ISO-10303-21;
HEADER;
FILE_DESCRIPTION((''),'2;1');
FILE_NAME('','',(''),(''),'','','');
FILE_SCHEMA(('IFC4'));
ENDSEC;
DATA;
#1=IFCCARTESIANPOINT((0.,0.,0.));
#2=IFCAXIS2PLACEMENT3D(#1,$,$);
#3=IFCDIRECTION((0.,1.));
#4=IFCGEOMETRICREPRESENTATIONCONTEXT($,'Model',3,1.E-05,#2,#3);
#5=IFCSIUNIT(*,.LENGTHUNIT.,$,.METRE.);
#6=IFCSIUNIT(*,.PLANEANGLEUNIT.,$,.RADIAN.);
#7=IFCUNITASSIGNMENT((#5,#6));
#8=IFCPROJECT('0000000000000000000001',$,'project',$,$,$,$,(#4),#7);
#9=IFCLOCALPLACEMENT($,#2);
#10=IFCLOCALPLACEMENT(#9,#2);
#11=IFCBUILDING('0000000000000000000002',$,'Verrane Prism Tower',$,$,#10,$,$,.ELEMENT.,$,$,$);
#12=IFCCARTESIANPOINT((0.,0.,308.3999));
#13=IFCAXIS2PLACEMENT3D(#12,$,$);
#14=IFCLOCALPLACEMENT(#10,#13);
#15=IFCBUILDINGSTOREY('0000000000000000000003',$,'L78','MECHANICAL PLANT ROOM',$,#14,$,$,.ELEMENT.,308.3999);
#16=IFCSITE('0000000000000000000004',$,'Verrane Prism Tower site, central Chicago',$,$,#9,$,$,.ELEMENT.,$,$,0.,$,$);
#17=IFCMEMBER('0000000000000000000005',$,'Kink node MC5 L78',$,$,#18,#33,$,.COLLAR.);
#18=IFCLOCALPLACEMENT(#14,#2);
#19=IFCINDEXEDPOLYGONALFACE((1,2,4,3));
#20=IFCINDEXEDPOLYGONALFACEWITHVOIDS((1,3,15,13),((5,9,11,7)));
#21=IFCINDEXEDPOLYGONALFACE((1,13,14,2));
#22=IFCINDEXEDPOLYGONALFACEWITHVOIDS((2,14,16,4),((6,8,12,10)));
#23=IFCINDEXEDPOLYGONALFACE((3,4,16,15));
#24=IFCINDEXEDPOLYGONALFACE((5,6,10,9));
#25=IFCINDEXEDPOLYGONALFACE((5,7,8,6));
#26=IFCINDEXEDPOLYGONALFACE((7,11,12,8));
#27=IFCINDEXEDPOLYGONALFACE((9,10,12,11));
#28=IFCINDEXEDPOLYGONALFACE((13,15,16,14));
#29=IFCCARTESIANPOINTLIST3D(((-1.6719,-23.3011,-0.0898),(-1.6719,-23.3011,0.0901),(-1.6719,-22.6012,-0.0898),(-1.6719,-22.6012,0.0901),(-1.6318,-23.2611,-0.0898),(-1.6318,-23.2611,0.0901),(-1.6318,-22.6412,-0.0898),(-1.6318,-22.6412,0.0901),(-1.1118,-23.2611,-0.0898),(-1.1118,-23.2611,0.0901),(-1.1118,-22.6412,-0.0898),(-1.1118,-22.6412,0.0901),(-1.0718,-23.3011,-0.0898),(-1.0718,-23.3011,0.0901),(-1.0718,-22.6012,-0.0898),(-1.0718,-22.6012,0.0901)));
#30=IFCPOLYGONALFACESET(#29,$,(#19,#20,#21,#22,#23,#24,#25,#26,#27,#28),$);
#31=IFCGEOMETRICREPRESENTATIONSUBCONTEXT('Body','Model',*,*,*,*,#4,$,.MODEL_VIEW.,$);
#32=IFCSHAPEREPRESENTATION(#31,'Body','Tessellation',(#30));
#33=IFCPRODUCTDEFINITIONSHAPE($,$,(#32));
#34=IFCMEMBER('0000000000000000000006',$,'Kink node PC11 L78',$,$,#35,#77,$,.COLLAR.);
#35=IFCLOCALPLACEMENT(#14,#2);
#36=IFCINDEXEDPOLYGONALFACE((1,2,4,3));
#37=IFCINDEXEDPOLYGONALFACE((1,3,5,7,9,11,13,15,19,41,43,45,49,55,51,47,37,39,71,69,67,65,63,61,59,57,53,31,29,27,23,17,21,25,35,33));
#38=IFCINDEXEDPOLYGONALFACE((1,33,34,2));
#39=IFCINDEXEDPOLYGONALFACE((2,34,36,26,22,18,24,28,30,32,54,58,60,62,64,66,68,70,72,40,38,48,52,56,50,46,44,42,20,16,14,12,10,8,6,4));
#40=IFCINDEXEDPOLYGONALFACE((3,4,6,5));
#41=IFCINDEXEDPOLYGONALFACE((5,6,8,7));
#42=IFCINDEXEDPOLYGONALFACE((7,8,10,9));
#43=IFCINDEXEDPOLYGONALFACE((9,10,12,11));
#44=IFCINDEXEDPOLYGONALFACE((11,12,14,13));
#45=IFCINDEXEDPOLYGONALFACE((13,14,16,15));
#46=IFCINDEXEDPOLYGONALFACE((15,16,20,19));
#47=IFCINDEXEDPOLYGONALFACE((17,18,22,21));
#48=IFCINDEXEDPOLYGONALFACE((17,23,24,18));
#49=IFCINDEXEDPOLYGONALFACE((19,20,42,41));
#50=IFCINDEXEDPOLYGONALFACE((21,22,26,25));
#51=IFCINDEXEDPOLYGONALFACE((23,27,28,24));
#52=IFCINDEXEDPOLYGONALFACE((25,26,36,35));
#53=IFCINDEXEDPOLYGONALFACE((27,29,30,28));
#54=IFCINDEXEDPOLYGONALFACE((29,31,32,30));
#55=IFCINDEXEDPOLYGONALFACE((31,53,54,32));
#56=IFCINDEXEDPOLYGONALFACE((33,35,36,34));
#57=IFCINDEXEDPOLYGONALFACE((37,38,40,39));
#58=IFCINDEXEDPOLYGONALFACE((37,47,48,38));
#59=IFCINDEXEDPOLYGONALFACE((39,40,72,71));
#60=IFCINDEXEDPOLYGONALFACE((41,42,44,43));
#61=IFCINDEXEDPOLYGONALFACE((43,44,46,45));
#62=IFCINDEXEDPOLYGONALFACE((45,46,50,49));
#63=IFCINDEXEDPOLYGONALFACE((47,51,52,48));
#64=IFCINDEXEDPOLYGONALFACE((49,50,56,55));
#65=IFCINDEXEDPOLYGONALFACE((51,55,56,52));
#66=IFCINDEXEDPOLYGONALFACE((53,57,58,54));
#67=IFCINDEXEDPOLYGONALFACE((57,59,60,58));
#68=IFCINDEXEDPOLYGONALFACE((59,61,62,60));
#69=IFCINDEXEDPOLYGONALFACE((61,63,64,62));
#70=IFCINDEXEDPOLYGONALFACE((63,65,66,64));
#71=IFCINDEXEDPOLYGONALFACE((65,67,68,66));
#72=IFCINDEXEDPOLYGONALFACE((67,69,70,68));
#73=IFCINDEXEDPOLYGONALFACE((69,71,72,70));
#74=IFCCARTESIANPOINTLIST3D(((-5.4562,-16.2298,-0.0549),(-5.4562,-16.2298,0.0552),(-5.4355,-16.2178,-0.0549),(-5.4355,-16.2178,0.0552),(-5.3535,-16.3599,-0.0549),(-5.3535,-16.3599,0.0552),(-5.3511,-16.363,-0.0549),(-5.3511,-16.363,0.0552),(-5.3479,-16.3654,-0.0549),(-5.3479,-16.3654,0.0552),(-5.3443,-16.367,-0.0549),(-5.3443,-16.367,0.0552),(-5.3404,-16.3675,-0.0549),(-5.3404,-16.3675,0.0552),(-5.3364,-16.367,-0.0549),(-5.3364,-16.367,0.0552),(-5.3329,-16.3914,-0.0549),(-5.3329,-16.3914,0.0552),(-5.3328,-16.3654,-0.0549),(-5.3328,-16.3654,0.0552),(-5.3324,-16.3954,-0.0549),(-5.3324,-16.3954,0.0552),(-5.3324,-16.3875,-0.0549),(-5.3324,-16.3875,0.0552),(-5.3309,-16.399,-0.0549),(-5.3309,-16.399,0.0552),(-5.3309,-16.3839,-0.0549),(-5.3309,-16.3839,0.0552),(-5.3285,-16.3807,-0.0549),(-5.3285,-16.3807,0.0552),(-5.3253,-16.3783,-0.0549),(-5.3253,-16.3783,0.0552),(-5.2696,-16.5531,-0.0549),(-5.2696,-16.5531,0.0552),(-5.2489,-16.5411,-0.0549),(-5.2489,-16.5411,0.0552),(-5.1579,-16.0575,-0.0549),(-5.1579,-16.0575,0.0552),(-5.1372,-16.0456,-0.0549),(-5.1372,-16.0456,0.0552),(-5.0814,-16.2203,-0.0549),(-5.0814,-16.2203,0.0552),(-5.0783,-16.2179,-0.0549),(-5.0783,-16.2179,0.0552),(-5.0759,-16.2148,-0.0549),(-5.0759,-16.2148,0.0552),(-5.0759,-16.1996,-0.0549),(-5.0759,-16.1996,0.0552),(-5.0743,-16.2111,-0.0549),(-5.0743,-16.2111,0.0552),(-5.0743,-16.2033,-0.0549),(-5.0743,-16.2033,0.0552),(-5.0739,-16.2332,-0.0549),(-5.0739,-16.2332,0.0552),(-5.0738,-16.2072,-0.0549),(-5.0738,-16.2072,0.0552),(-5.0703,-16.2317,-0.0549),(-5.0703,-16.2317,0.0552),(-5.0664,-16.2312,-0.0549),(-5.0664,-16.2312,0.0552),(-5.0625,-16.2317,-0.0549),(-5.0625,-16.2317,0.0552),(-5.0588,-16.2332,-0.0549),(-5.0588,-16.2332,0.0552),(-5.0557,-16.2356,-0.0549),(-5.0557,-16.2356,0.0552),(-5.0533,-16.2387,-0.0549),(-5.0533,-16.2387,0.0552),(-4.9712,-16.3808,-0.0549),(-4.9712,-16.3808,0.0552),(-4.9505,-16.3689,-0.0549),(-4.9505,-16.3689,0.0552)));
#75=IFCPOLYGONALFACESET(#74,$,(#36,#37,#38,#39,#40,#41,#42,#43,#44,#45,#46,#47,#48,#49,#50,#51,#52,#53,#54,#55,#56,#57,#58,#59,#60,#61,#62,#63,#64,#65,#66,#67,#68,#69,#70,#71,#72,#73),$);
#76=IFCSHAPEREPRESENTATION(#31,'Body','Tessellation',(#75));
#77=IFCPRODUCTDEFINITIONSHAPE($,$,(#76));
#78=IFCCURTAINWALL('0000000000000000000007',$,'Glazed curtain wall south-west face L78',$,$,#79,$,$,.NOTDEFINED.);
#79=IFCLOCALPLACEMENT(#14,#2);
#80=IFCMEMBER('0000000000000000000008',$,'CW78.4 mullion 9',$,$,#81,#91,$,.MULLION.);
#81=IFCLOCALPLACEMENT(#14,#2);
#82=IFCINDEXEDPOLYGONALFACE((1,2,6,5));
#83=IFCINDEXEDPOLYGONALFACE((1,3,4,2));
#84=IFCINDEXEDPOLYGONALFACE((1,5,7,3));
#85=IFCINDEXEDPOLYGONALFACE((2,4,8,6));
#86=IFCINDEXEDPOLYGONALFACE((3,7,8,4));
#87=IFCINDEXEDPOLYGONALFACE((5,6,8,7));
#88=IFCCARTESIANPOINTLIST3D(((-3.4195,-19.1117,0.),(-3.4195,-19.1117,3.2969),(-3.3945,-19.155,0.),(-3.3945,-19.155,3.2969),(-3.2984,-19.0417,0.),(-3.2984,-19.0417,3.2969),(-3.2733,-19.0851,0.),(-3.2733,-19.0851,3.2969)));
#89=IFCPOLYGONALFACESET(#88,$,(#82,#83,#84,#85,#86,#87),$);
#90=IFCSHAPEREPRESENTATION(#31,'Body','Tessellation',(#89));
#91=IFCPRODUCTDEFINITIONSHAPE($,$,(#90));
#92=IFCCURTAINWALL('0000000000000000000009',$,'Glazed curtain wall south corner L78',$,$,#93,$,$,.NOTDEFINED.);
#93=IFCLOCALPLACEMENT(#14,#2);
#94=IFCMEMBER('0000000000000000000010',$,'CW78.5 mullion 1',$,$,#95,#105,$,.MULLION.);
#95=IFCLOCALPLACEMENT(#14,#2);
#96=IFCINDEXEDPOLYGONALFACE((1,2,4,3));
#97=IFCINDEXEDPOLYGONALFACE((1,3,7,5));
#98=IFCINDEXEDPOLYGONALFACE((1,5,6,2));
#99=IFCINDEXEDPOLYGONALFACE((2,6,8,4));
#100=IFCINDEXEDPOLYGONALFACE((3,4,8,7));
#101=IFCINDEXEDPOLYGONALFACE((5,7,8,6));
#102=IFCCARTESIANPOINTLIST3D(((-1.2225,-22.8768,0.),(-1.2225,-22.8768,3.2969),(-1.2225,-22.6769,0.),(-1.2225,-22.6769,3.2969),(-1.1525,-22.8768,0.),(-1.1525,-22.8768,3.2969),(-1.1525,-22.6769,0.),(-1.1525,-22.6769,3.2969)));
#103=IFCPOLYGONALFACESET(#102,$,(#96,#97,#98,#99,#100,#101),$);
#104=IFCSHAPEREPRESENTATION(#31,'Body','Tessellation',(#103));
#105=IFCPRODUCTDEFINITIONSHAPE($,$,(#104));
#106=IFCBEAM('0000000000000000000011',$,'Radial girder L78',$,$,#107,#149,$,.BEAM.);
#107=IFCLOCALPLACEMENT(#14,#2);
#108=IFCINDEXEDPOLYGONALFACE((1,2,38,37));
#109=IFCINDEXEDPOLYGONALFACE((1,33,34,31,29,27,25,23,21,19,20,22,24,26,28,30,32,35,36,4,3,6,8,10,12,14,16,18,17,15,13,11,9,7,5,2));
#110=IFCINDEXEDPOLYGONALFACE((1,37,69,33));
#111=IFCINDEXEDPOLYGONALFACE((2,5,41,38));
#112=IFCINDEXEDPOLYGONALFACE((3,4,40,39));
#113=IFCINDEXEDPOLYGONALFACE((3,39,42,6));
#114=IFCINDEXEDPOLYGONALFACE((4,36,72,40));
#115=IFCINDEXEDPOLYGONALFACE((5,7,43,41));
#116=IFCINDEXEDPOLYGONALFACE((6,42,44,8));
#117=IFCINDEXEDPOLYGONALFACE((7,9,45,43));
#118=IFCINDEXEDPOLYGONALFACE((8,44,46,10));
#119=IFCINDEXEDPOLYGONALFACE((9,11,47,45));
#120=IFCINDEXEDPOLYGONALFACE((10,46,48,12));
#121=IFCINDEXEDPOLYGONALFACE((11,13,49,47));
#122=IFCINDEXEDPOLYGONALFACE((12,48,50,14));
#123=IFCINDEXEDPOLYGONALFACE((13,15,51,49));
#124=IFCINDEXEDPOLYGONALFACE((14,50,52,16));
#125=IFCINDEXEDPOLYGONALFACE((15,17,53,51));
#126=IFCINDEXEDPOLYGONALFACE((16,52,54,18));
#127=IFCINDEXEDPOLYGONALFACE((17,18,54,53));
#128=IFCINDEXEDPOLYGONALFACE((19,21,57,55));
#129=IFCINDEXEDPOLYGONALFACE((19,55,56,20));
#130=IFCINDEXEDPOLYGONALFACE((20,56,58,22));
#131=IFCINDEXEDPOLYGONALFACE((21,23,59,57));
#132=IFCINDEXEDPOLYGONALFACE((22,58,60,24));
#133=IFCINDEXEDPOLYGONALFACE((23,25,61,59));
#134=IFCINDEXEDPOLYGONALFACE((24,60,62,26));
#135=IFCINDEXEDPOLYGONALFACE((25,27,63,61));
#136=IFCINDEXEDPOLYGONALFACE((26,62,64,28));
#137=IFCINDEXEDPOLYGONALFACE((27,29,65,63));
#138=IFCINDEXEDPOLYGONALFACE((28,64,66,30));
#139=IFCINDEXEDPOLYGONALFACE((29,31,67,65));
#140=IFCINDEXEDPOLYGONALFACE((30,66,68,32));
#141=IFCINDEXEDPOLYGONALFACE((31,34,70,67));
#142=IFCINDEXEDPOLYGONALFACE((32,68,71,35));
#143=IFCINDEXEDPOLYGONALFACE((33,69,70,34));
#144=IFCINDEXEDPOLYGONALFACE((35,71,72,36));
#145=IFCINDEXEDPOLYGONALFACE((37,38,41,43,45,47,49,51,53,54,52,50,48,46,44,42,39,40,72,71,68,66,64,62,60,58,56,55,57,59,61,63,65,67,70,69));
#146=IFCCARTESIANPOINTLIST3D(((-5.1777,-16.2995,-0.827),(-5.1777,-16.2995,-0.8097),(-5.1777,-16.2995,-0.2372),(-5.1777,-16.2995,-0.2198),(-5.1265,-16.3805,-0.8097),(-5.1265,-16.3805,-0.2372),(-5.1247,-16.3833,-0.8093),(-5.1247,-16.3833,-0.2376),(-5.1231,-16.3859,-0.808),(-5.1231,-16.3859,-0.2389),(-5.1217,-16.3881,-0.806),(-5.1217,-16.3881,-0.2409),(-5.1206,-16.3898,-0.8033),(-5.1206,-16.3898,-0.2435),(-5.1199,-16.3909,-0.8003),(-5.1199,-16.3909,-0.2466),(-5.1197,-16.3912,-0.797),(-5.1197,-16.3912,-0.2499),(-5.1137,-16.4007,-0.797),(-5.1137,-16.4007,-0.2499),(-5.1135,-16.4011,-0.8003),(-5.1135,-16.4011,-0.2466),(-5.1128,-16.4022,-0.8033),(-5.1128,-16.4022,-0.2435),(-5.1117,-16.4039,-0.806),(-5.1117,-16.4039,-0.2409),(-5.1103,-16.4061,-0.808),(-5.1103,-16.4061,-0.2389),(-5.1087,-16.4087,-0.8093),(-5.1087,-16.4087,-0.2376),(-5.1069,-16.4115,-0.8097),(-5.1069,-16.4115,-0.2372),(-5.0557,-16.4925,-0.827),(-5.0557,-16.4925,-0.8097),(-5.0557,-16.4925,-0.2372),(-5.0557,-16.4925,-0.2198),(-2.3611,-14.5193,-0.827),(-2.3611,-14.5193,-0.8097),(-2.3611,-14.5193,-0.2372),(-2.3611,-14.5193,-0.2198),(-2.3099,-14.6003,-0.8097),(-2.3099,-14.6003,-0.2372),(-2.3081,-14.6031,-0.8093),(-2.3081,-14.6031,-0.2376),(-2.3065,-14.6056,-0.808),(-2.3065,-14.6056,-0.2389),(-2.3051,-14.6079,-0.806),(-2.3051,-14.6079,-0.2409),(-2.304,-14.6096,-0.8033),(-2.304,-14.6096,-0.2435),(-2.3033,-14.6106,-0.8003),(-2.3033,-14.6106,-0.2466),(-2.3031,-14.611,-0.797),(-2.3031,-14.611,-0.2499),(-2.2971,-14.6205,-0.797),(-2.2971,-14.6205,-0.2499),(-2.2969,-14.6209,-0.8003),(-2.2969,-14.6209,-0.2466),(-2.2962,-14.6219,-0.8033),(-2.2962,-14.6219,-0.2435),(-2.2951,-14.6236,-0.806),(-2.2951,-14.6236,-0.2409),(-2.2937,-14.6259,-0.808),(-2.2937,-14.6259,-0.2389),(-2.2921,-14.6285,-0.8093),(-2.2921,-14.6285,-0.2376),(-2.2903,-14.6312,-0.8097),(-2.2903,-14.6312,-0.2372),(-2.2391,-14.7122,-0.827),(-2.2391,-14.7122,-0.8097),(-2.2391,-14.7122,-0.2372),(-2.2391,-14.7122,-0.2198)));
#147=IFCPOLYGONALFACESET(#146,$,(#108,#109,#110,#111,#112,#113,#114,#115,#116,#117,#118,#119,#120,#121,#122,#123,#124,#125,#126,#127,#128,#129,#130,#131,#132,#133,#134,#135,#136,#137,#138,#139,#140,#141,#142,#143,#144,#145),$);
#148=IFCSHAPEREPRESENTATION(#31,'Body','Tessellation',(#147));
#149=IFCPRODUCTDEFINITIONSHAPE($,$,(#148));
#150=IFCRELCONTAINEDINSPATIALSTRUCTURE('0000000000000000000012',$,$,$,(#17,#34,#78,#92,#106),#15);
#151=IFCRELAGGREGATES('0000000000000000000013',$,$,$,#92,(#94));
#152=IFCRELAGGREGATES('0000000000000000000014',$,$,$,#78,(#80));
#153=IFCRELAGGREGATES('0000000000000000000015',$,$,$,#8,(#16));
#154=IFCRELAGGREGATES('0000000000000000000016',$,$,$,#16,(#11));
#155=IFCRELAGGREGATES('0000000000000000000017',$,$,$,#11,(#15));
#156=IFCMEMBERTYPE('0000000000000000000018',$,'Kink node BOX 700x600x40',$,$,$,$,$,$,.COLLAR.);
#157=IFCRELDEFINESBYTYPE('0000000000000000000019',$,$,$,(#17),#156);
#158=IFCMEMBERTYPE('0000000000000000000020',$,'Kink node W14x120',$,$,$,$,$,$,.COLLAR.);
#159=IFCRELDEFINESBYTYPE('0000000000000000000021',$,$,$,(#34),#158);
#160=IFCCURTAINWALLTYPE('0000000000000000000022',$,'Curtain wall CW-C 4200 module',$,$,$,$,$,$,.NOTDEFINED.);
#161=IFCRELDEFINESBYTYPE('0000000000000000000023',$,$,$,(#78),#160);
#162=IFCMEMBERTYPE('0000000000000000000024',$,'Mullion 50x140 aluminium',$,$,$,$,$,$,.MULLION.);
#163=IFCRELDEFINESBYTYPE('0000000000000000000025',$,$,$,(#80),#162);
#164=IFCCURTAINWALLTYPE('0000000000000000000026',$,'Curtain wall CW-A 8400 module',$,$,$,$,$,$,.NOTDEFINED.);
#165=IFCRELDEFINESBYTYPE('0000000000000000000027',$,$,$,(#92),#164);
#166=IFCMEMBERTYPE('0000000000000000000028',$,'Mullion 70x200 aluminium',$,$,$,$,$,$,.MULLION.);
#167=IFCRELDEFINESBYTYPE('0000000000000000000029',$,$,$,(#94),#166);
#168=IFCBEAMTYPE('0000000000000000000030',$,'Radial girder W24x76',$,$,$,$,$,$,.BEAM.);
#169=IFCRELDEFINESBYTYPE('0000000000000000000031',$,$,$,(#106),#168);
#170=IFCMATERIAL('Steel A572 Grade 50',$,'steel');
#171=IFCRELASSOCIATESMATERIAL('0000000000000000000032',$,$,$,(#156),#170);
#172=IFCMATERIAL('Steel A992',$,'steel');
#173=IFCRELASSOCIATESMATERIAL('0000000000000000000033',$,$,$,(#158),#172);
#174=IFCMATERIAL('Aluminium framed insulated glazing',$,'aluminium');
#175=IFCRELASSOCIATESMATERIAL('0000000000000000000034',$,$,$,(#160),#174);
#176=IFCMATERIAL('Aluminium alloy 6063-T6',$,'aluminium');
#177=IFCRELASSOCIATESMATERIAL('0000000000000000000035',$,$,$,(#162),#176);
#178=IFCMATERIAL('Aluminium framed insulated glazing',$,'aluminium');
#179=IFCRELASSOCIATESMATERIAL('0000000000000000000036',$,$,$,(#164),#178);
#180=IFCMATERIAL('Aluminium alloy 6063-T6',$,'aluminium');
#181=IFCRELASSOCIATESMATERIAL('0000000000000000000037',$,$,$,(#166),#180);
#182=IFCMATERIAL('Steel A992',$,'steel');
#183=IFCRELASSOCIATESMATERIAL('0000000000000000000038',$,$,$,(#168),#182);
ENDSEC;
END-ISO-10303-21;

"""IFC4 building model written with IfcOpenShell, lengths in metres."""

from ifc_helpers import new_model, si_unit, direction, frame, origin, origin_2d, place, context, subcontext, project, spatial, rectangle, hollow_rectangle, i_section, extrude, material, material_profile, profile_set, type_object, element, aggregate, save


model = new_model("IFC4")

# Units and contexts
model_context = context("Model", 3, precision=1e-05, world=origin(), true_north=direction((0.0, 1.0)))
body_context = subcontext(model_context, "Body", "Model", "MODEL_VIEW")
ifc_project = project(units=[si_unit("LENGTHUNIT", "METRE"), si_unit("PLANEANGLEUNIT", "RADIAN")], contexts=[model_context])

# Site, building, storey
site_placement = place(None, origin())
site = spatial("IfcSite", under=ifc_project, at=site_placement, Name="Verrane Prism Tower site, central Chicago", CompositionType="ELEMENT", RefElevation=0.0)
building_placement = place(site_placement, origin())
building = spatial("IfcBuilding", under=site, at=building_placement, Name="Verrane Prism Tower", CompositionType="ELEMENT")
storey_placement = place(building_placement, frame((0.0, 0.0, 308.3999)))
storey = spatial("IfcBuildingStorey", under=building, at=storey_placement, Name="L78", Description="MECHANICAL PLANT ROOM", CompositionType="ELEMENT", Elevation=308.3999)

# Members
ifc_material_1 = material(Name="Steel A572 Grade 50", Category="steel")
ifc_material_profile_1 = material_profile(ifc_material_1, hollow_rectangle(XDim=0.6001, YDim=0.7, WallThickness=0.04, at=origin_2d()), Name="BOX 700x600x40")
ifc_profile_set_1 = profile_set([ifc_material_profile_1], Name="Steel A572 Grade 50")
member_type_1 = type_object("IfcMemberType", Name="Kink node BOX 700x600x40", PredefinedType="COLLAR", material=ifc_profile_set_1)
member_1_placement = place(storey_placement, frame((-1.3718, -22.9512, -0.0898), z_axis=(0.0, 0.0, 1.0), x_axis=(-1.0, 0.0, 0.0)))
element("IfcMember", 1, at=member_1_placement, inside=storey, type_object=member_type_1, Name="Kink node MC5 L78", PredefinedType="COLLAR", context=body_context, shape_type="SweptSolid", body=[
    extrude(hollow_rectangle(XDim=0.6001, YDim=0.7, WallThickness=0.04, at=origin_2d()), origin(), (0.0, 0.0, 1.0), 0.1799),
])
ifc_material_2 = material(Name="Steel A992", Category="steel")
ifc_material_profile_2 = material_profile(ifc_material_2, i_section(OverallWidth=0.3733, OverallDepth=0.3684, WebThickness=0.0149, FlangeThickness=0.0239, FilletRadius=0.0151, at=origin_2d()), Name="W14x120")
ifc_profile_set_2 = profile_set([ifc_material_profile_2], Name="Steel A992")
member_type_2 = type_object("IfcMemberType", Name="Kink node W14x120", PredefinedType="COLLAR", material=ifc_profile_set_2)
member_2_placement = place(storey_placement, frame((-5.2034, -16.2993, -0.0549), z_axis=(0.0, 0.0, 1.0), x_axis=(-0.5, 0.866025, 0.0)))
element("IfcMember", 2, at=member_2_placement, inside=storey, type_object=member_type_2, Name="Kink node PC11 L78", PredefinedType="COLLAR", context=body_context, shape_type="SweptSolid", body=[
    extrude(i_section(OverallWidth=0.3733, OverallDepth=0.3684, WebThickness=0.0149, FlangeThickness=0.0239, FilletRadius=0.0151, at=origin_2d()), origin(), (0.0, 0.0, 1.0), 0.1101),
])

# Curtain walls, members
ifc_material_3 = material(Name="Aluminium framed insulated glazing", Category="aluminium")
curtain_wall_type_1 = type_object("IfcCurtainWallType", Name="Curtain wall CW-C 4200 module", PredefinedType="NOTDEFINED", material=ifc_material_3)
curtain_wall_1_placement = place(storey_placement, origin())
curtain_wall_1 = element("IfcCurtainWall", 3, at=curtain_wall_1_placement, inside=storey, type_object=curtain_wall_type_1, Name="Glazed curtain wall south-west face L78", PredefinedType="NOTDEFINED")
ifc_material_4 = material(Name="Aluminium alloy 6063-T6", Category="aluminium")
ifc_material_profile_3 = material_profile(ifc_material_4, rectangle(XDim=0.1399, YDim=0.05, at=origin_2d()), Name="Mullion 50x140 aluminium")
ifc_profile_set_3 = profile_set([ifc_material_profile_3], Name="Aluminium alloy 6063-T6")
member_type_3 = type_object("IfcMemberType", Name="Mullion 50x140 aluminium", PredefinedType="MULLION", material=ifc_profile_set_3)
member_3_placement = place(storey_placement, frame((-3.3464, -19.0984, 0.0), z_axis=(0.0, 0.0, 1.0), x_axis=(0.866025, 0.5, 0.0)))
member_3 = element("IfcMember", 4, at=member_3_placement, type_object=member_type_3, Name="CW78.4 mullion 9", PredefinedType="MULLION", context=body_context, shape_type="SweptSolid", body=[
    extrude(rectangle(XDim=0.1399, YDim=0.05, at=origin_2d()), origin(), (0.0, 0.0, 1.0), 3.2969),
])
ifc_material_5 = material(Name="Aluminium framed insulated glazing", Category="aluminium")
curtain_wall_type_2 = type_object("IfcCurtainWallType", Name="Curtain wall CW-A 8400 module", PredefinedType="NOTDEFINED", material=ifc_material_5)
curtain_wall_2_placement = place(storey_placement, origin())
curtain_wall_2 = element("IfcCurtainWall", 5, at=curtain_wall_2_placement, inside=storey, type_object=curtain_wall_type_2, Name="Glazed curtain wall south corner L78", PredefinedType="NOTDEFINED")
ifc_material_6 = material(Name="Aluminium alloy 6063-T6", Category="aluminium")
ifc_material_profile_4 = material_profile(ifc_material_6, rectangle(XDim=0.2, YDim=0.0701, at=origin_2d()), Name="Mullion 70x200 aluminium")
ifc_profile_set_4 = profile_set([ifc_material_profile_4], Name="Aluminium alloy 6063-T6")
member_type_4 = type_object("IfcMemberType", Name="Mullion 70x200 aluminium", PredefinedType="MULLION", material=ifc_profile_set_4)
member_4_placement = place(storey_placement, frame((-1.1875, -22.7769, 0.0), z_axis=(0.0, 0.0, 1.0), x_axis=(0.0, 1.0, 0.0)))
member_4 = element("IfcMember", 6, at=member_4_placement, type_object=member_type_4, Name="CW78.5 mullion 1", PredefinedType="MULLION", context=body_context, shape_type="SweptSolid", body=[
    extrude(rectangle(XDim=0.2, YDim=0.0701, at=origin_2d()), origin(), (0.0, 0.0, 1.0), 3.2969),
])

# Beam
ifc_material_7 = material(Name="Steel A992", Category="steel")
ifc_material_profile_5 = material_profile(ifc_material_7, i_section(OverallWidth=0.2283, OverallDepth=0.6072, WebThickness=0.0112, FlangeThickness=0.0173, FilletRadius=0.0127, at=origin_2d()), Name="W24x76")
ifc_profile_set_5 = profile_set([ifc_material_profile_5], Name="Steel A992")
beam_type_1 = type_object("IfcBeamType", Name="Radial girder W24x76", PredefinedType="BEAM", material=ifc_profile_set_5)
beam_1_placement = place(storey_placement, frame((-5.1167, -16.396, -0.5234), z_axis=(0.845308, 0.53428, 0.0), x_axis=(-0.53428, 0.845308, 0.0)))
element("IfcBeam", 7, at=beam_1_placement, inside=storey, type_object=beam_type_1, Name="Radial girder L78", PredefinedType="BEAM", context=body_context, shape_type="SweptSolid", body=[
    extrude(i_section(OverallWidth=0.2283, OverallDepth=0.6072, WebThickness=0.0112, FlangeThickness=0.0173, FilletRadius=0.0127, at=origin_2d()), origin(), (0.0, 0.0, 1.0), 3.332),
])

aggregate(curtain_wall_2, [member_4])

aggregate(curtain_wall_1, [member_3])

save(model, "model.ifc")
